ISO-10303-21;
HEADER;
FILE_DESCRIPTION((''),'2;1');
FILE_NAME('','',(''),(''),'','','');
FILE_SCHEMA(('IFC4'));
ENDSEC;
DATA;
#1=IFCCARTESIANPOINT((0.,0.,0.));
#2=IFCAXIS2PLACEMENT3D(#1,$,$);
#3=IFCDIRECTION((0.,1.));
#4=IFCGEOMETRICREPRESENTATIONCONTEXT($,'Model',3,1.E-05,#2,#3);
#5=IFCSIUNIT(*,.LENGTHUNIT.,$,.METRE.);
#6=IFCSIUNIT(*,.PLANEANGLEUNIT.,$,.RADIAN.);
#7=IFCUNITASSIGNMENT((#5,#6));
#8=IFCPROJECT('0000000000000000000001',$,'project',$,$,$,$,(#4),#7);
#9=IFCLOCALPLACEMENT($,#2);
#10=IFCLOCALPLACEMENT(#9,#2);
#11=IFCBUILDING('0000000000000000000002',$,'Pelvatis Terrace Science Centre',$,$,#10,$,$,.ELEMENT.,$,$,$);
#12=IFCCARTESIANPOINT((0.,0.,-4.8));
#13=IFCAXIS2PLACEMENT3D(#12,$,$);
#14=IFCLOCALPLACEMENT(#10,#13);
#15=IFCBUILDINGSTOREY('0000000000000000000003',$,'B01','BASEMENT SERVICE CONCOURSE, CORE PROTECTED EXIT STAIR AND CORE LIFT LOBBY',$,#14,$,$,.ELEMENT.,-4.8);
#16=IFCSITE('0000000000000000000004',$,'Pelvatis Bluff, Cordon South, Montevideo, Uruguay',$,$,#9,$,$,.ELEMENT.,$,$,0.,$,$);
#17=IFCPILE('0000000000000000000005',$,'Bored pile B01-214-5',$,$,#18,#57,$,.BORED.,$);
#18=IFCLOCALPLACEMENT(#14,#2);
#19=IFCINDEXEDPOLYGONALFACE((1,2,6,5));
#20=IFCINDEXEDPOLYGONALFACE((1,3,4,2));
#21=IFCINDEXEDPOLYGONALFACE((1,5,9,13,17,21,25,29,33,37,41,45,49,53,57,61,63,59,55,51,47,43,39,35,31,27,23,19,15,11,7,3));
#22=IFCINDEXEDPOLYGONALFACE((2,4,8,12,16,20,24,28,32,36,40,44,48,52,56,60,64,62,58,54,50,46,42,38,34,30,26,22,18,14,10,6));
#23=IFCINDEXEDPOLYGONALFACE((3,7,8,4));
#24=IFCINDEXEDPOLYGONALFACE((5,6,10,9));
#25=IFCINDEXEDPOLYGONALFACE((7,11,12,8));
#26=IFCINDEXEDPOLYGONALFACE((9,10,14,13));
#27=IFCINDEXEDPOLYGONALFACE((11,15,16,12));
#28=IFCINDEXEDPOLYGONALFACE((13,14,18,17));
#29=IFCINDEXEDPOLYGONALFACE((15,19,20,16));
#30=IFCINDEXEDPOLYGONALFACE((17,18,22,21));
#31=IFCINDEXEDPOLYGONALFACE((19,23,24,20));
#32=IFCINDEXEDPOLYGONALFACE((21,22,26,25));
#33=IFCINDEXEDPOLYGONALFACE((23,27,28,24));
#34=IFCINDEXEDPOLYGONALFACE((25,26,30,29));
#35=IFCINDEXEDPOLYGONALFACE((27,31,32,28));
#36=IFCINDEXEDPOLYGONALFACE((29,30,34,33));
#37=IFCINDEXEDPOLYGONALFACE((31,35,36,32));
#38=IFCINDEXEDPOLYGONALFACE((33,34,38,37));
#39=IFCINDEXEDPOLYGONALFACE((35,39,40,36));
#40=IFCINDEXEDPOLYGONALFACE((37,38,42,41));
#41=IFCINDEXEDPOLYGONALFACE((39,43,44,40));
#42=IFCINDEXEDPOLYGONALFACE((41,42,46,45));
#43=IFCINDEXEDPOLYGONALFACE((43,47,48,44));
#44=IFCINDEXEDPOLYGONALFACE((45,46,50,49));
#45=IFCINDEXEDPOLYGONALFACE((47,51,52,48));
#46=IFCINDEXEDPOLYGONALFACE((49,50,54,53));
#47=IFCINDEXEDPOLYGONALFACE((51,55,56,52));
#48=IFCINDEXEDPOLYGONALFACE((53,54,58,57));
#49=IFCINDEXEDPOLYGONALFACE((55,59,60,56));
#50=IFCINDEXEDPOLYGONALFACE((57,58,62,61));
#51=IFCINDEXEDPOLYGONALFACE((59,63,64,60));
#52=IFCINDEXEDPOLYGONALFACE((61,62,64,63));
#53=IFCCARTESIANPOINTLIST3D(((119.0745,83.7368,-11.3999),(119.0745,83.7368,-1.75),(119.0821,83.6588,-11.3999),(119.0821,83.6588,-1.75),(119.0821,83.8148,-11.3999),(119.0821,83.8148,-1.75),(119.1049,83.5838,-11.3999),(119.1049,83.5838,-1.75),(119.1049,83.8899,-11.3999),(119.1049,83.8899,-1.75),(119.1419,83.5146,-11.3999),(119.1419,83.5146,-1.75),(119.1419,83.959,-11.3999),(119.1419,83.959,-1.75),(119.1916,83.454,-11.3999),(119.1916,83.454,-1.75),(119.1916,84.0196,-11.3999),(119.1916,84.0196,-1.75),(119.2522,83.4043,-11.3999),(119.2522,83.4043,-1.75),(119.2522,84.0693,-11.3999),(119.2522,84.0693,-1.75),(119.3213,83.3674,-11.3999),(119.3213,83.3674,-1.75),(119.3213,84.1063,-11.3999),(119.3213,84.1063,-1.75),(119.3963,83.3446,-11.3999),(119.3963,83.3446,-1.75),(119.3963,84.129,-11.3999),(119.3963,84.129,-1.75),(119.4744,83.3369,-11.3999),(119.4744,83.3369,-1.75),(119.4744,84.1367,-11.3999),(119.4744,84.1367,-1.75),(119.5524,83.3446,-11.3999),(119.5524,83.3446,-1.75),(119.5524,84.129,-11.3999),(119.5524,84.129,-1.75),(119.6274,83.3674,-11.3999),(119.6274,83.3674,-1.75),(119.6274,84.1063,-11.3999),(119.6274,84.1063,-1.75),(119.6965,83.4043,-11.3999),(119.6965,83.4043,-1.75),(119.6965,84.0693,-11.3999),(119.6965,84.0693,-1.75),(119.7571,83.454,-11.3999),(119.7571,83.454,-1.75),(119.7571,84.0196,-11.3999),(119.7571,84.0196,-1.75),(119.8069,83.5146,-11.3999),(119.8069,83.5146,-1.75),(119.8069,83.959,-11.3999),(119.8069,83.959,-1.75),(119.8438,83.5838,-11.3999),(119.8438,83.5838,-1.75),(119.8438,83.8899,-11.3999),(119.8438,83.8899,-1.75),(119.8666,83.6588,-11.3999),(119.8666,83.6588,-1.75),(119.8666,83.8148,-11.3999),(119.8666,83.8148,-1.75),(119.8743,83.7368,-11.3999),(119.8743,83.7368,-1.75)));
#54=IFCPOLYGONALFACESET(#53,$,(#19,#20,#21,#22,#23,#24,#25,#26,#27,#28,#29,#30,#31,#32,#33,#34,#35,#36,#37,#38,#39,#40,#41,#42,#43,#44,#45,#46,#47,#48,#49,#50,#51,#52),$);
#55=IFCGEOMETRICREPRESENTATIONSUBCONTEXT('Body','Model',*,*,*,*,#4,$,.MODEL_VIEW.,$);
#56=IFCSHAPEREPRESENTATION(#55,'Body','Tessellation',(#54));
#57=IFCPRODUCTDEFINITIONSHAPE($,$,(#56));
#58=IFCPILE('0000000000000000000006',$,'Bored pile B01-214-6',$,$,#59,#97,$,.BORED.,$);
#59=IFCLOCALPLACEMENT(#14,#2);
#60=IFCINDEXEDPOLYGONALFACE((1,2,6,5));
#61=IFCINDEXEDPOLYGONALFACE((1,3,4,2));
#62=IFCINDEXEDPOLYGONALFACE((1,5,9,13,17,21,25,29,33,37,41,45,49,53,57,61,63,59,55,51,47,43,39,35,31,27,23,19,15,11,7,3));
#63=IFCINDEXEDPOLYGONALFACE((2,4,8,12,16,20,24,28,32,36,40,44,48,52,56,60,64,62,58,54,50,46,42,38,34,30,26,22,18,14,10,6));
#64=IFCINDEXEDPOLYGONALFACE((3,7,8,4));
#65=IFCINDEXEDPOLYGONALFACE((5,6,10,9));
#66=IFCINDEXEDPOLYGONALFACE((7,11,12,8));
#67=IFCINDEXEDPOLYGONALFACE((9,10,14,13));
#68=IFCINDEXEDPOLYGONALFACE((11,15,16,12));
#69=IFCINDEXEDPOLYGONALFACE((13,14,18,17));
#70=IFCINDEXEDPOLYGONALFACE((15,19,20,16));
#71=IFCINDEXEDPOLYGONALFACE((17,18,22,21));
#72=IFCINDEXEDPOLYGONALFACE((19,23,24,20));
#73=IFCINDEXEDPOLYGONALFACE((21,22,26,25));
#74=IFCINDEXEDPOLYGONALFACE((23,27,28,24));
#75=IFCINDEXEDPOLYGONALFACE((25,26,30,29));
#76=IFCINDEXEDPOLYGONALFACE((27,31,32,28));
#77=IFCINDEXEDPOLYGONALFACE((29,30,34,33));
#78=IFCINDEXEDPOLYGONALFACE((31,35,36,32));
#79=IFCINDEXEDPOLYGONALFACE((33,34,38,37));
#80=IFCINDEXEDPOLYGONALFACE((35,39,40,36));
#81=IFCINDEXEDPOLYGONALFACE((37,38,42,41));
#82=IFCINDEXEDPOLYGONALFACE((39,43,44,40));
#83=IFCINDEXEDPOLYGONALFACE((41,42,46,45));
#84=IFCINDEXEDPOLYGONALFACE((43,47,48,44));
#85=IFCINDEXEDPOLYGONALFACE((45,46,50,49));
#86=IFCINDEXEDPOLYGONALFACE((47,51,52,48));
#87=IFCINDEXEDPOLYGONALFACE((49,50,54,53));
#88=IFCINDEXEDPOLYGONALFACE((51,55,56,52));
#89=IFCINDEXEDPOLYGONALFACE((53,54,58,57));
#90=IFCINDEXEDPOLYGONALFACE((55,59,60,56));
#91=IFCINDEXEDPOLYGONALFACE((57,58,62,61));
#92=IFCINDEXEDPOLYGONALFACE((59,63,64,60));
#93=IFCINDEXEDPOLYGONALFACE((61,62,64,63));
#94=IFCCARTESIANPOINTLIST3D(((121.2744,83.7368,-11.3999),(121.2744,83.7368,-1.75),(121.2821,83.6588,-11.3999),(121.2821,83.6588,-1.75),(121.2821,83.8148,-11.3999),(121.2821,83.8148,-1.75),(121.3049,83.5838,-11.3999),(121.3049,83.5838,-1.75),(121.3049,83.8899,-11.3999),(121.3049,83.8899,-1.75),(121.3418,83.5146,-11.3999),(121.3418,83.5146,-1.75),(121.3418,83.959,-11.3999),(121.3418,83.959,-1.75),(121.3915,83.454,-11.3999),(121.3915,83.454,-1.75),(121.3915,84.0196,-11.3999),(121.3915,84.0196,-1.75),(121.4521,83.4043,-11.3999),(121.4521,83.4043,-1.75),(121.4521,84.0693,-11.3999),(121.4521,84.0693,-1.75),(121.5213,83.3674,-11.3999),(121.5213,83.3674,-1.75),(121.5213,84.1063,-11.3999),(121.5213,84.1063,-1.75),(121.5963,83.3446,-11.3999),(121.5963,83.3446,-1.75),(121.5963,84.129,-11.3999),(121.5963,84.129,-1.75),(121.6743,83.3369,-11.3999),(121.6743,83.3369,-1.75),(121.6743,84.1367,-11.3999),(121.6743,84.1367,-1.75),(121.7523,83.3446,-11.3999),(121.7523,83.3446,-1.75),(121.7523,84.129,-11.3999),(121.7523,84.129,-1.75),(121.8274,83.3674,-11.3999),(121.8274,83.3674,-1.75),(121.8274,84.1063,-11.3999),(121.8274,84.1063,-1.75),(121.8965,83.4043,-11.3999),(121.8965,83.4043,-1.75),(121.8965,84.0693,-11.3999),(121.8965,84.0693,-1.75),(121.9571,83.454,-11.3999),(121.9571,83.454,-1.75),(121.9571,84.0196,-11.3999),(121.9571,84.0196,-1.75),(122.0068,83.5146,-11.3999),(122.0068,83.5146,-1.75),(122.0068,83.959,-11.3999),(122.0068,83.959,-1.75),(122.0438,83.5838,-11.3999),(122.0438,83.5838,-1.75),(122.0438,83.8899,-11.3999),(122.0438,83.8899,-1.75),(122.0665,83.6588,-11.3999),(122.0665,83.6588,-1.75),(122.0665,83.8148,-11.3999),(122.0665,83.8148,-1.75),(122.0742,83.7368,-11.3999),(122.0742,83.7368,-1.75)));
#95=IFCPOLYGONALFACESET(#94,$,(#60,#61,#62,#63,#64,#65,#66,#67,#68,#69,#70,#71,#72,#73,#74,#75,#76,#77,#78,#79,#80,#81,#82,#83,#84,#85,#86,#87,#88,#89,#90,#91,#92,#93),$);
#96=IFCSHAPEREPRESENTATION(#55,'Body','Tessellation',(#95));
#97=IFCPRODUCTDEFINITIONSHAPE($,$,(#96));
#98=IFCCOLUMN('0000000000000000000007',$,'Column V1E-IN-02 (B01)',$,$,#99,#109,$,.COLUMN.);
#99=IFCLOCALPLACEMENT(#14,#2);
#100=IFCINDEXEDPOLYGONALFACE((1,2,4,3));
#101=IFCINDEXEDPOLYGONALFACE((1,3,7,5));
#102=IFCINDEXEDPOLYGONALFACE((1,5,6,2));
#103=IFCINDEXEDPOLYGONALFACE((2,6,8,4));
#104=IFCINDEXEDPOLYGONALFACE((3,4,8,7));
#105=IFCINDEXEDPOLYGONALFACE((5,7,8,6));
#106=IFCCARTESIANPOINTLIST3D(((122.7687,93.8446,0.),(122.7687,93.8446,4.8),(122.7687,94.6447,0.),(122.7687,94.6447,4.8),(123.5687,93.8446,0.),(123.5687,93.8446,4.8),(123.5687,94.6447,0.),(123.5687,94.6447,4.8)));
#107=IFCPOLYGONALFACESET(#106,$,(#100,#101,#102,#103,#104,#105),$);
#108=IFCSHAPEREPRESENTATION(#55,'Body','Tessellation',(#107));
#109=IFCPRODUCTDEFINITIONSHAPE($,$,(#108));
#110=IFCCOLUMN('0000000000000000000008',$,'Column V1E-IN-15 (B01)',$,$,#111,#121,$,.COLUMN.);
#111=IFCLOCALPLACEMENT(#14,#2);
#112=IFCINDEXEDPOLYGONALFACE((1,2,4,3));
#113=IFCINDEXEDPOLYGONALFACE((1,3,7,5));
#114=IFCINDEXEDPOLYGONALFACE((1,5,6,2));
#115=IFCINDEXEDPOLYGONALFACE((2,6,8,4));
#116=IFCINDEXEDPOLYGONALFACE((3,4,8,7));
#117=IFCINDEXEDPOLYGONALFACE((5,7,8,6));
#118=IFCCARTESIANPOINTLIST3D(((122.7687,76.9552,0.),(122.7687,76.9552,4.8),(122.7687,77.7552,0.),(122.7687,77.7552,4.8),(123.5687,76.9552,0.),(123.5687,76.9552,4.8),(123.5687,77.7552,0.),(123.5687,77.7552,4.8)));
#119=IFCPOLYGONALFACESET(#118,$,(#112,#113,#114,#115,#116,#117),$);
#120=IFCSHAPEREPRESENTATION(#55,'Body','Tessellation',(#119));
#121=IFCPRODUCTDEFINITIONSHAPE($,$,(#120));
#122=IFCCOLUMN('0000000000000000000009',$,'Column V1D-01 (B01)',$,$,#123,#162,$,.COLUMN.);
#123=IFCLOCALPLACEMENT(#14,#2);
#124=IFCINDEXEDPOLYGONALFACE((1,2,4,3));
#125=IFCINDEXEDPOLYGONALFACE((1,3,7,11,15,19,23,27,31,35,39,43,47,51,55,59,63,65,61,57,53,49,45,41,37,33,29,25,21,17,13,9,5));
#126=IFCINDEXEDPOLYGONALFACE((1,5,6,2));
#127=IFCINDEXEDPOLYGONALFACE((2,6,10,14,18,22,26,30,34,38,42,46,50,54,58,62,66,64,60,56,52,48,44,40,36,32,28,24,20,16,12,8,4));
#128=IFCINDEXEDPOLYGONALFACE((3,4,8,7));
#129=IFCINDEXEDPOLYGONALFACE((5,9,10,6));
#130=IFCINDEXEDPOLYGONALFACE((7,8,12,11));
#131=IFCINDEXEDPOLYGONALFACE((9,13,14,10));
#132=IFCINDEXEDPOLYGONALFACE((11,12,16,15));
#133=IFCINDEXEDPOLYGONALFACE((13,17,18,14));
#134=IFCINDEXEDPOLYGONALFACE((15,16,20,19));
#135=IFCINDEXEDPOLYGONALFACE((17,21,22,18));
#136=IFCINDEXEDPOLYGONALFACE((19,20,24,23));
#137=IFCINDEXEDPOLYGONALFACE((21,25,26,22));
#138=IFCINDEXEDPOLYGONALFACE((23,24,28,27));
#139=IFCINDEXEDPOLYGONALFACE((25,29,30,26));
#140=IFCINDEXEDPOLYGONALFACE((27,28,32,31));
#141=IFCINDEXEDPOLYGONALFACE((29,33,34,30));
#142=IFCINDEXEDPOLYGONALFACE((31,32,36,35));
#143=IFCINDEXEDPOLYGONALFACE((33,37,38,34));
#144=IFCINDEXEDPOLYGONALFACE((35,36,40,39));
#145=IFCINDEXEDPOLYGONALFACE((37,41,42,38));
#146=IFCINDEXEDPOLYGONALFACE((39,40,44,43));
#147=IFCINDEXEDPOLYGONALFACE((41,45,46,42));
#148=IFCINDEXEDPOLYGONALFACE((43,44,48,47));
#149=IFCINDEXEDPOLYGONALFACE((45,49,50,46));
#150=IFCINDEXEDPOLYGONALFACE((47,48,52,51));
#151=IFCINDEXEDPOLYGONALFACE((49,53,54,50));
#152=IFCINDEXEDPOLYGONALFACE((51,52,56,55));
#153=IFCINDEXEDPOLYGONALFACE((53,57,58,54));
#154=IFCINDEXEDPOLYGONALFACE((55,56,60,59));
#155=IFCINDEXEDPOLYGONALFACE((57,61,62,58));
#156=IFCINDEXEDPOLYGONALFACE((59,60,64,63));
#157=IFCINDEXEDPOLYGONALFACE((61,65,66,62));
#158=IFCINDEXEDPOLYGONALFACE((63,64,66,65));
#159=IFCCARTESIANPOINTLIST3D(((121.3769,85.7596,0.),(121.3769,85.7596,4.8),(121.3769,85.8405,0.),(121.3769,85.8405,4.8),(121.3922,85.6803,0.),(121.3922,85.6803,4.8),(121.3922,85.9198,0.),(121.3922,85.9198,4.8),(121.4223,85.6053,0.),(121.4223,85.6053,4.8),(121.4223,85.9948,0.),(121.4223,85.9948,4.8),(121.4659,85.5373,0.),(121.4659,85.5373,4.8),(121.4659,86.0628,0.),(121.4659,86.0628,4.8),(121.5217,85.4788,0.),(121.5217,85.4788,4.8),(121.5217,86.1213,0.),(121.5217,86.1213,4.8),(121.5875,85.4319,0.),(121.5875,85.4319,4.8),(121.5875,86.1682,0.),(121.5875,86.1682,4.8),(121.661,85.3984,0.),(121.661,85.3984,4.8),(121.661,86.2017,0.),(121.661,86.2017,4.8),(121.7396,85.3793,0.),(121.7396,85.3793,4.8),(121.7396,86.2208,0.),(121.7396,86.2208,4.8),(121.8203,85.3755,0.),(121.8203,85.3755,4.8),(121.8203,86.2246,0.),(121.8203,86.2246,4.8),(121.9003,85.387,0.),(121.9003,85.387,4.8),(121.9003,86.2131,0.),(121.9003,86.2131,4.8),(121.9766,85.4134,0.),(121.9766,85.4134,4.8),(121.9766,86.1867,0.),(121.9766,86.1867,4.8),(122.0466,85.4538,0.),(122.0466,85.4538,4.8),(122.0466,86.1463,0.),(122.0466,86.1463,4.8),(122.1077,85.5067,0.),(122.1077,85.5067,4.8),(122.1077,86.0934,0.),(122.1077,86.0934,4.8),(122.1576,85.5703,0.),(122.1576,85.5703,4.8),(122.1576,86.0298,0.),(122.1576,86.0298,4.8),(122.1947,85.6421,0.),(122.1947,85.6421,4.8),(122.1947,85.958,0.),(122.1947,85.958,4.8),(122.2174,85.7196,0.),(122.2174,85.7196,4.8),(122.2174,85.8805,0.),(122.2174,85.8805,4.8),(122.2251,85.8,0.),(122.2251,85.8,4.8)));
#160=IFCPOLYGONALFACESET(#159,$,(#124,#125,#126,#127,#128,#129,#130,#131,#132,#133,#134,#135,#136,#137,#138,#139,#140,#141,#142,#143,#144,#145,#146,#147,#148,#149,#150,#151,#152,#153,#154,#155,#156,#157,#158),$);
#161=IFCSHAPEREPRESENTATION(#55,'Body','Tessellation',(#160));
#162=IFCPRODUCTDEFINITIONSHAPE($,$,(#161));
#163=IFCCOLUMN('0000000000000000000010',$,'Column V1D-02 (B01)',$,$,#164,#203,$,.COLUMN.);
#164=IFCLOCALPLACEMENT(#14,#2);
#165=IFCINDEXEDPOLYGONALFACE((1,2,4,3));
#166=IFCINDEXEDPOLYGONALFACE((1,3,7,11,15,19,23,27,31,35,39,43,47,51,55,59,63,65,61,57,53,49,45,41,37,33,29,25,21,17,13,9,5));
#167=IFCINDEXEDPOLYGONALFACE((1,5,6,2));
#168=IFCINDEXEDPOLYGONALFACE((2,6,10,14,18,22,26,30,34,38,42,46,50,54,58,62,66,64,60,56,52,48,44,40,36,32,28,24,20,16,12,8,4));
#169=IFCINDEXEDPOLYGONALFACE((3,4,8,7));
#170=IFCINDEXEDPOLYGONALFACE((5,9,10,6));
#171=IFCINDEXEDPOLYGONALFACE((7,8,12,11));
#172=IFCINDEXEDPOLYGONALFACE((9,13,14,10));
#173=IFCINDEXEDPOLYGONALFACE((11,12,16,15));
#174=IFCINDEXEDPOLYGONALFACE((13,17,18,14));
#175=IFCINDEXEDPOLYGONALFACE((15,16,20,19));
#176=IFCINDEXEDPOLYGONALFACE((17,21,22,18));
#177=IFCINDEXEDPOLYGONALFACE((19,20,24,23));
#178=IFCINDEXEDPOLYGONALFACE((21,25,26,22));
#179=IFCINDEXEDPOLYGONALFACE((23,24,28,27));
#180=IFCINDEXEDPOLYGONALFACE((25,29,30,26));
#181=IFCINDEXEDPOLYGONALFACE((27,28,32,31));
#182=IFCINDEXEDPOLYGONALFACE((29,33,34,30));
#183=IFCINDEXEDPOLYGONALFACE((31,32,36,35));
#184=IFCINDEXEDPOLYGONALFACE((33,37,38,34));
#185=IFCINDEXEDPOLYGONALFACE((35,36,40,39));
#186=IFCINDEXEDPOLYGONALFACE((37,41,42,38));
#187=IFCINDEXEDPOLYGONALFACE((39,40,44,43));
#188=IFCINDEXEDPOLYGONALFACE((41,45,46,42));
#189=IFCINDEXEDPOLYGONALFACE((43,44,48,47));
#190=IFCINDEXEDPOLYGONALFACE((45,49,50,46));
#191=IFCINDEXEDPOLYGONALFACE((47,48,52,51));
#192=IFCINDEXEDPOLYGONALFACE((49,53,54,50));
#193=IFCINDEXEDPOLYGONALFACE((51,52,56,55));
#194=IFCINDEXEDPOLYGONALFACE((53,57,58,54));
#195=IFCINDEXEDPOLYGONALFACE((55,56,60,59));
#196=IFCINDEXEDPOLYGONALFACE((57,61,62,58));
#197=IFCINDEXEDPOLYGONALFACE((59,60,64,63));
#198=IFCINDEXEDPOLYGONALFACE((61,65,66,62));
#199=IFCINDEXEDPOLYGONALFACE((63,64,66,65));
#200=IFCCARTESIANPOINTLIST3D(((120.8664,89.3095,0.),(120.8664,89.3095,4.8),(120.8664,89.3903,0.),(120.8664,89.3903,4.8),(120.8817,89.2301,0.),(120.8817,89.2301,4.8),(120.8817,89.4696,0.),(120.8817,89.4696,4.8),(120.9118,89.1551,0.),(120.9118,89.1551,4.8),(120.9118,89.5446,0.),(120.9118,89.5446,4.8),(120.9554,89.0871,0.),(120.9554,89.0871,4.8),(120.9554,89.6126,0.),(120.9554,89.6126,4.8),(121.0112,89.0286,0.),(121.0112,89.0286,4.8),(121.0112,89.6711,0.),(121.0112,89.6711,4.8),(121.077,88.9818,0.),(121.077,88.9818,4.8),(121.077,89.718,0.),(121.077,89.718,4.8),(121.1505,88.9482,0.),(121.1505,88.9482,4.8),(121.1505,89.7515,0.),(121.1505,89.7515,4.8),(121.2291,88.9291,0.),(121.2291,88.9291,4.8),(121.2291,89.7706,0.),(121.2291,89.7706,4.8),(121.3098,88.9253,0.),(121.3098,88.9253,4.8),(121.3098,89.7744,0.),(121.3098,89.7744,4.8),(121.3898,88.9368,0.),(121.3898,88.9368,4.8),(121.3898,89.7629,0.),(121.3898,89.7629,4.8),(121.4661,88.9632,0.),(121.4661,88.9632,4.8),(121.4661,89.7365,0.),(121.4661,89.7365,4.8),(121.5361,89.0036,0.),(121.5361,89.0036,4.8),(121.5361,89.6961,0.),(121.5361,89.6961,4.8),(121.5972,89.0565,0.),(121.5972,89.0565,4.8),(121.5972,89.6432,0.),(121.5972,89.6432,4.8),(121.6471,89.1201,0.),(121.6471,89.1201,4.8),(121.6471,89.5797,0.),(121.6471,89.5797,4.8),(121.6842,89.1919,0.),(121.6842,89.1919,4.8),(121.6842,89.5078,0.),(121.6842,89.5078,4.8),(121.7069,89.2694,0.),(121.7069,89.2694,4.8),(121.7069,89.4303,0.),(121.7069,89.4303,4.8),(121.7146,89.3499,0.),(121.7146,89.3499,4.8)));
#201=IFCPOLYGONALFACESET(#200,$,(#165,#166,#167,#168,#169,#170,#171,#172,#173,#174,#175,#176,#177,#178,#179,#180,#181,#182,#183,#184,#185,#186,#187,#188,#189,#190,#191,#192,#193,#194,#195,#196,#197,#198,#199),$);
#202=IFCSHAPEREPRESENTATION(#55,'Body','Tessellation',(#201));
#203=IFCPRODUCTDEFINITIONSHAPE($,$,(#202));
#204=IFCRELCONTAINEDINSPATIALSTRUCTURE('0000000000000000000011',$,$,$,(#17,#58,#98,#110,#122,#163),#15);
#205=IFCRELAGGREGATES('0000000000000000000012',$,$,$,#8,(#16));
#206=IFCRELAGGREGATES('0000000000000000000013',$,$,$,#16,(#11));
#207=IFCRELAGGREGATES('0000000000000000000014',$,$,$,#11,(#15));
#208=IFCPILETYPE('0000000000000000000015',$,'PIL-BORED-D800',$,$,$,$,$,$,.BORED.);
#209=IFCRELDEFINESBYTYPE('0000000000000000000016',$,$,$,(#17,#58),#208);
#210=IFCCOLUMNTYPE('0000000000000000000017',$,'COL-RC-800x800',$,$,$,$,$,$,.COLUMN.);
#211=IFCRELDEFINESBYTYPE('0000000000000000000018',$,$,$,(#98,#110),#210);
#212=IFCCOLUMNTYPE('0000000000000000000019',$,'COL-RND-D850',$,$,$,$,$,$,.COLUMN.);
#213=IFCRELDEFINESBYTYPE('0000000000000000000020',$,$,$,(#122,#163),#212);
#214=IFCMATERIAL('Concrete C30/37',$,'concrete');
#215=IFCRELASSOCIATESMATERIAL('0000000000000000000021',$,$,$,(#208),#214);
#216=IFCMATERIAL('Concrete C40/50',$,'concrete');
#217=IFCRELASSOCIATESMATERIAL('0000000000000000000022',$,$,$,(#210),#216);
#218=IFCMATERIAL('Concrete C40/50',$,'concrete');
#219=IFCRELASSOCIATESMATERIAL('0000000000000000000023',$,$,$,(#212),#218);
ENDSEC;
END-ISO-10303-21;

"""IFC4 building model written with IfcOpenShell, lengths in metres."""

from ifc_helpers import new_model, si_unit, direction, frame, origin, origin_2d, place, context, subcontext, project, spatial, rectangle, circle, extrude, material, material_profile, profile_set, type_object, element, save


model = new_model("IFC4")

# Units and contexts
model_context = context("Model", 3, precision=1e-05, world=origin(), true_north=direction((0.0, 1.0)))
body_context = subcontext(model_context, "Body", "Model", "MODEL_VIEW")
ifc_project = project(units=[si_unit("LENGTHUNIT", "METRE"), si_unit("PLANEANGLEUNIT", "RADIAN")], contexts=[model_context])

# Site, building, storey
site_placement = place(None, origin())
site = spatial("IfcSite", under=ifc_project, at=site_placement, Name="Pelvatis Bluff, Cordon South, Montevideo, Uruguay", CompositionType="ELEMENT", RefElevation=0.0)
building_placement = place(site_placement, origin())
building = spatial("IfcBuilding", under=site, at=building_placement, Name="Pelvatis Terrace Science Centre", CompositionType="ELEMENT")
storey_placement = place(building_placement, frame((0.0, 0.0, -4.8)))
storey = spatial("IfcBuildingStorey", under=building, at=storey_placement, Name="B01", Description="BASEMENT SERVICE CONCOURSE, CORE PROTECTED EXIT STAIR AND CORE LIFT LOBBY", CompositionType="ELEMENT", Elevation=-4.8)

# Piles
ifc_material_1 = material(Name="Concrete C30/37", Category="concrete")
ifc_material_profile_1 = material_profile(ifc_material_1, circle(Radius=0.3999, at=origin_2d()), Name="PILE D800")
ifc_profile_set_1 = profile_set([ifc_material_profile_1], Name="Concrete C30/37")
pile_type = type_object("IfcPileType", Name="PIL-BORED-D800", PredefinedType="BORED", material=ifc_profile_set_1)
for number, where, z_axis, x_axis, name in (
    (1, (119.4744, 83.7368, -1.75), (0.0, 0.0, -1.0), (1.0, 0.0, 0.0), "Bored pile B01-214-5"),
    (2, (121.6743, 83.7368, -1.75), (0.0, 0.0, -1.0), (1.0, 0.0, 0.0), "Bored pile B01-214-6"),
):
    element("IfcPile", number, at=place(storey_placement, frame(where, z_axis=z_axis, x_axis=x_axis)), inside=storey, type_object=pile_type, Name=name, PredefinedType="BORED", context=body_context, shape_type="SweptSolid", body=[
        extrude(circle(Radius=0.3999, at=origin_2d()), origin(), (0.0, 0.0, 1.0), 9.6499),
    ])

# Columns
ifc_material_2 = material(Name="Concrete C40/50", Category="concrete")
ifc_material_profile_2 = material_profile(ifc_material_2, rectangle(XDim=0.8, YDim=0.8, at=origin_2d()), Name="RC-COL 800x800")
ifc_profile_set_2 = profile_set([ifc_material_profile_2], Name="Concrete C40/50")
column_type_1 = type_object("IfcColumnType", Name="COL-RC-800x800", PredefinedType="COLUMN", material=ifc_profile_set_2)
for number, where, z_axis, x_axis, name in (
    (3, (123.1687, 94.2446, 0.0), (0.0, 0.0, 1.0), (1.0, 0.0, 0.0), "Column V1E-IN-02 (B01)"),
    (4, (123.1687, 77.3552, 0.0), (0.0, 0.0, 1.0), (1.0, 0.0, 0.0), "Column V1E-IN-15 (B01)"),
):
    element("IfcColumn", number, at=place(storey_placement, frame(where, z_axis=z_axis, x_axis=x_axis)), inside=storey, type_object=column_type_1, Name=name, PredefinedType="COLUMN", context=body_context, shape_type="SweptSolid", body=[
        extrude(rectangle(XDim=0.8, YDim=0.8, at=origin_2d()), origin(), (0.0, 0.0, 1.0), 4.8),
    ])
ifc_material_3 = material(Name="Concrete C40/50", Category="concrete")
ifc_material_profile_3 = material_profile(ifc_material_3, circle(Radius=0.425, at=origin_2d()), Name="RC-RCOL D850")
ifc_profile_set_3 = profile_set([ifc_material_profile_3], Name="Concrete C40/50")
column_type_2 = type_object("IfcColumnType", Name="COL-RND-D850", PredefinedType="COLUMN", material=ifc_profile_set_3)
for number, where, z_axis, x_axis, name in (
    (5, (121.8, 85.8, 0.0), (0.0, 0.0, 1.0), (1.0, 0.0, 0.0), "Column V1D-01 (B01)"),
    (6, (121.2896, 89.3499, 0.0), (0.0, 0.0, 1.0), (1.0, 0.0, 0.0), "Column V1D-02 (B01)"),
):
    element("IfcColumn", number, at=place(storey_placement, frame(where, z_axis=z_axis, x_axis=x_axis)), inside=storey, type_object=column_type_2, Name=name, PredefinedType="COLUMN", context=body_context, shape_type="SweptSolid", body=[
        extrude(circle(Radius=0.425, at=origin_2d()), origin(), (0.0, 0.0, 1.0), 4.8),
    ])

save(model, "model.ifc")
